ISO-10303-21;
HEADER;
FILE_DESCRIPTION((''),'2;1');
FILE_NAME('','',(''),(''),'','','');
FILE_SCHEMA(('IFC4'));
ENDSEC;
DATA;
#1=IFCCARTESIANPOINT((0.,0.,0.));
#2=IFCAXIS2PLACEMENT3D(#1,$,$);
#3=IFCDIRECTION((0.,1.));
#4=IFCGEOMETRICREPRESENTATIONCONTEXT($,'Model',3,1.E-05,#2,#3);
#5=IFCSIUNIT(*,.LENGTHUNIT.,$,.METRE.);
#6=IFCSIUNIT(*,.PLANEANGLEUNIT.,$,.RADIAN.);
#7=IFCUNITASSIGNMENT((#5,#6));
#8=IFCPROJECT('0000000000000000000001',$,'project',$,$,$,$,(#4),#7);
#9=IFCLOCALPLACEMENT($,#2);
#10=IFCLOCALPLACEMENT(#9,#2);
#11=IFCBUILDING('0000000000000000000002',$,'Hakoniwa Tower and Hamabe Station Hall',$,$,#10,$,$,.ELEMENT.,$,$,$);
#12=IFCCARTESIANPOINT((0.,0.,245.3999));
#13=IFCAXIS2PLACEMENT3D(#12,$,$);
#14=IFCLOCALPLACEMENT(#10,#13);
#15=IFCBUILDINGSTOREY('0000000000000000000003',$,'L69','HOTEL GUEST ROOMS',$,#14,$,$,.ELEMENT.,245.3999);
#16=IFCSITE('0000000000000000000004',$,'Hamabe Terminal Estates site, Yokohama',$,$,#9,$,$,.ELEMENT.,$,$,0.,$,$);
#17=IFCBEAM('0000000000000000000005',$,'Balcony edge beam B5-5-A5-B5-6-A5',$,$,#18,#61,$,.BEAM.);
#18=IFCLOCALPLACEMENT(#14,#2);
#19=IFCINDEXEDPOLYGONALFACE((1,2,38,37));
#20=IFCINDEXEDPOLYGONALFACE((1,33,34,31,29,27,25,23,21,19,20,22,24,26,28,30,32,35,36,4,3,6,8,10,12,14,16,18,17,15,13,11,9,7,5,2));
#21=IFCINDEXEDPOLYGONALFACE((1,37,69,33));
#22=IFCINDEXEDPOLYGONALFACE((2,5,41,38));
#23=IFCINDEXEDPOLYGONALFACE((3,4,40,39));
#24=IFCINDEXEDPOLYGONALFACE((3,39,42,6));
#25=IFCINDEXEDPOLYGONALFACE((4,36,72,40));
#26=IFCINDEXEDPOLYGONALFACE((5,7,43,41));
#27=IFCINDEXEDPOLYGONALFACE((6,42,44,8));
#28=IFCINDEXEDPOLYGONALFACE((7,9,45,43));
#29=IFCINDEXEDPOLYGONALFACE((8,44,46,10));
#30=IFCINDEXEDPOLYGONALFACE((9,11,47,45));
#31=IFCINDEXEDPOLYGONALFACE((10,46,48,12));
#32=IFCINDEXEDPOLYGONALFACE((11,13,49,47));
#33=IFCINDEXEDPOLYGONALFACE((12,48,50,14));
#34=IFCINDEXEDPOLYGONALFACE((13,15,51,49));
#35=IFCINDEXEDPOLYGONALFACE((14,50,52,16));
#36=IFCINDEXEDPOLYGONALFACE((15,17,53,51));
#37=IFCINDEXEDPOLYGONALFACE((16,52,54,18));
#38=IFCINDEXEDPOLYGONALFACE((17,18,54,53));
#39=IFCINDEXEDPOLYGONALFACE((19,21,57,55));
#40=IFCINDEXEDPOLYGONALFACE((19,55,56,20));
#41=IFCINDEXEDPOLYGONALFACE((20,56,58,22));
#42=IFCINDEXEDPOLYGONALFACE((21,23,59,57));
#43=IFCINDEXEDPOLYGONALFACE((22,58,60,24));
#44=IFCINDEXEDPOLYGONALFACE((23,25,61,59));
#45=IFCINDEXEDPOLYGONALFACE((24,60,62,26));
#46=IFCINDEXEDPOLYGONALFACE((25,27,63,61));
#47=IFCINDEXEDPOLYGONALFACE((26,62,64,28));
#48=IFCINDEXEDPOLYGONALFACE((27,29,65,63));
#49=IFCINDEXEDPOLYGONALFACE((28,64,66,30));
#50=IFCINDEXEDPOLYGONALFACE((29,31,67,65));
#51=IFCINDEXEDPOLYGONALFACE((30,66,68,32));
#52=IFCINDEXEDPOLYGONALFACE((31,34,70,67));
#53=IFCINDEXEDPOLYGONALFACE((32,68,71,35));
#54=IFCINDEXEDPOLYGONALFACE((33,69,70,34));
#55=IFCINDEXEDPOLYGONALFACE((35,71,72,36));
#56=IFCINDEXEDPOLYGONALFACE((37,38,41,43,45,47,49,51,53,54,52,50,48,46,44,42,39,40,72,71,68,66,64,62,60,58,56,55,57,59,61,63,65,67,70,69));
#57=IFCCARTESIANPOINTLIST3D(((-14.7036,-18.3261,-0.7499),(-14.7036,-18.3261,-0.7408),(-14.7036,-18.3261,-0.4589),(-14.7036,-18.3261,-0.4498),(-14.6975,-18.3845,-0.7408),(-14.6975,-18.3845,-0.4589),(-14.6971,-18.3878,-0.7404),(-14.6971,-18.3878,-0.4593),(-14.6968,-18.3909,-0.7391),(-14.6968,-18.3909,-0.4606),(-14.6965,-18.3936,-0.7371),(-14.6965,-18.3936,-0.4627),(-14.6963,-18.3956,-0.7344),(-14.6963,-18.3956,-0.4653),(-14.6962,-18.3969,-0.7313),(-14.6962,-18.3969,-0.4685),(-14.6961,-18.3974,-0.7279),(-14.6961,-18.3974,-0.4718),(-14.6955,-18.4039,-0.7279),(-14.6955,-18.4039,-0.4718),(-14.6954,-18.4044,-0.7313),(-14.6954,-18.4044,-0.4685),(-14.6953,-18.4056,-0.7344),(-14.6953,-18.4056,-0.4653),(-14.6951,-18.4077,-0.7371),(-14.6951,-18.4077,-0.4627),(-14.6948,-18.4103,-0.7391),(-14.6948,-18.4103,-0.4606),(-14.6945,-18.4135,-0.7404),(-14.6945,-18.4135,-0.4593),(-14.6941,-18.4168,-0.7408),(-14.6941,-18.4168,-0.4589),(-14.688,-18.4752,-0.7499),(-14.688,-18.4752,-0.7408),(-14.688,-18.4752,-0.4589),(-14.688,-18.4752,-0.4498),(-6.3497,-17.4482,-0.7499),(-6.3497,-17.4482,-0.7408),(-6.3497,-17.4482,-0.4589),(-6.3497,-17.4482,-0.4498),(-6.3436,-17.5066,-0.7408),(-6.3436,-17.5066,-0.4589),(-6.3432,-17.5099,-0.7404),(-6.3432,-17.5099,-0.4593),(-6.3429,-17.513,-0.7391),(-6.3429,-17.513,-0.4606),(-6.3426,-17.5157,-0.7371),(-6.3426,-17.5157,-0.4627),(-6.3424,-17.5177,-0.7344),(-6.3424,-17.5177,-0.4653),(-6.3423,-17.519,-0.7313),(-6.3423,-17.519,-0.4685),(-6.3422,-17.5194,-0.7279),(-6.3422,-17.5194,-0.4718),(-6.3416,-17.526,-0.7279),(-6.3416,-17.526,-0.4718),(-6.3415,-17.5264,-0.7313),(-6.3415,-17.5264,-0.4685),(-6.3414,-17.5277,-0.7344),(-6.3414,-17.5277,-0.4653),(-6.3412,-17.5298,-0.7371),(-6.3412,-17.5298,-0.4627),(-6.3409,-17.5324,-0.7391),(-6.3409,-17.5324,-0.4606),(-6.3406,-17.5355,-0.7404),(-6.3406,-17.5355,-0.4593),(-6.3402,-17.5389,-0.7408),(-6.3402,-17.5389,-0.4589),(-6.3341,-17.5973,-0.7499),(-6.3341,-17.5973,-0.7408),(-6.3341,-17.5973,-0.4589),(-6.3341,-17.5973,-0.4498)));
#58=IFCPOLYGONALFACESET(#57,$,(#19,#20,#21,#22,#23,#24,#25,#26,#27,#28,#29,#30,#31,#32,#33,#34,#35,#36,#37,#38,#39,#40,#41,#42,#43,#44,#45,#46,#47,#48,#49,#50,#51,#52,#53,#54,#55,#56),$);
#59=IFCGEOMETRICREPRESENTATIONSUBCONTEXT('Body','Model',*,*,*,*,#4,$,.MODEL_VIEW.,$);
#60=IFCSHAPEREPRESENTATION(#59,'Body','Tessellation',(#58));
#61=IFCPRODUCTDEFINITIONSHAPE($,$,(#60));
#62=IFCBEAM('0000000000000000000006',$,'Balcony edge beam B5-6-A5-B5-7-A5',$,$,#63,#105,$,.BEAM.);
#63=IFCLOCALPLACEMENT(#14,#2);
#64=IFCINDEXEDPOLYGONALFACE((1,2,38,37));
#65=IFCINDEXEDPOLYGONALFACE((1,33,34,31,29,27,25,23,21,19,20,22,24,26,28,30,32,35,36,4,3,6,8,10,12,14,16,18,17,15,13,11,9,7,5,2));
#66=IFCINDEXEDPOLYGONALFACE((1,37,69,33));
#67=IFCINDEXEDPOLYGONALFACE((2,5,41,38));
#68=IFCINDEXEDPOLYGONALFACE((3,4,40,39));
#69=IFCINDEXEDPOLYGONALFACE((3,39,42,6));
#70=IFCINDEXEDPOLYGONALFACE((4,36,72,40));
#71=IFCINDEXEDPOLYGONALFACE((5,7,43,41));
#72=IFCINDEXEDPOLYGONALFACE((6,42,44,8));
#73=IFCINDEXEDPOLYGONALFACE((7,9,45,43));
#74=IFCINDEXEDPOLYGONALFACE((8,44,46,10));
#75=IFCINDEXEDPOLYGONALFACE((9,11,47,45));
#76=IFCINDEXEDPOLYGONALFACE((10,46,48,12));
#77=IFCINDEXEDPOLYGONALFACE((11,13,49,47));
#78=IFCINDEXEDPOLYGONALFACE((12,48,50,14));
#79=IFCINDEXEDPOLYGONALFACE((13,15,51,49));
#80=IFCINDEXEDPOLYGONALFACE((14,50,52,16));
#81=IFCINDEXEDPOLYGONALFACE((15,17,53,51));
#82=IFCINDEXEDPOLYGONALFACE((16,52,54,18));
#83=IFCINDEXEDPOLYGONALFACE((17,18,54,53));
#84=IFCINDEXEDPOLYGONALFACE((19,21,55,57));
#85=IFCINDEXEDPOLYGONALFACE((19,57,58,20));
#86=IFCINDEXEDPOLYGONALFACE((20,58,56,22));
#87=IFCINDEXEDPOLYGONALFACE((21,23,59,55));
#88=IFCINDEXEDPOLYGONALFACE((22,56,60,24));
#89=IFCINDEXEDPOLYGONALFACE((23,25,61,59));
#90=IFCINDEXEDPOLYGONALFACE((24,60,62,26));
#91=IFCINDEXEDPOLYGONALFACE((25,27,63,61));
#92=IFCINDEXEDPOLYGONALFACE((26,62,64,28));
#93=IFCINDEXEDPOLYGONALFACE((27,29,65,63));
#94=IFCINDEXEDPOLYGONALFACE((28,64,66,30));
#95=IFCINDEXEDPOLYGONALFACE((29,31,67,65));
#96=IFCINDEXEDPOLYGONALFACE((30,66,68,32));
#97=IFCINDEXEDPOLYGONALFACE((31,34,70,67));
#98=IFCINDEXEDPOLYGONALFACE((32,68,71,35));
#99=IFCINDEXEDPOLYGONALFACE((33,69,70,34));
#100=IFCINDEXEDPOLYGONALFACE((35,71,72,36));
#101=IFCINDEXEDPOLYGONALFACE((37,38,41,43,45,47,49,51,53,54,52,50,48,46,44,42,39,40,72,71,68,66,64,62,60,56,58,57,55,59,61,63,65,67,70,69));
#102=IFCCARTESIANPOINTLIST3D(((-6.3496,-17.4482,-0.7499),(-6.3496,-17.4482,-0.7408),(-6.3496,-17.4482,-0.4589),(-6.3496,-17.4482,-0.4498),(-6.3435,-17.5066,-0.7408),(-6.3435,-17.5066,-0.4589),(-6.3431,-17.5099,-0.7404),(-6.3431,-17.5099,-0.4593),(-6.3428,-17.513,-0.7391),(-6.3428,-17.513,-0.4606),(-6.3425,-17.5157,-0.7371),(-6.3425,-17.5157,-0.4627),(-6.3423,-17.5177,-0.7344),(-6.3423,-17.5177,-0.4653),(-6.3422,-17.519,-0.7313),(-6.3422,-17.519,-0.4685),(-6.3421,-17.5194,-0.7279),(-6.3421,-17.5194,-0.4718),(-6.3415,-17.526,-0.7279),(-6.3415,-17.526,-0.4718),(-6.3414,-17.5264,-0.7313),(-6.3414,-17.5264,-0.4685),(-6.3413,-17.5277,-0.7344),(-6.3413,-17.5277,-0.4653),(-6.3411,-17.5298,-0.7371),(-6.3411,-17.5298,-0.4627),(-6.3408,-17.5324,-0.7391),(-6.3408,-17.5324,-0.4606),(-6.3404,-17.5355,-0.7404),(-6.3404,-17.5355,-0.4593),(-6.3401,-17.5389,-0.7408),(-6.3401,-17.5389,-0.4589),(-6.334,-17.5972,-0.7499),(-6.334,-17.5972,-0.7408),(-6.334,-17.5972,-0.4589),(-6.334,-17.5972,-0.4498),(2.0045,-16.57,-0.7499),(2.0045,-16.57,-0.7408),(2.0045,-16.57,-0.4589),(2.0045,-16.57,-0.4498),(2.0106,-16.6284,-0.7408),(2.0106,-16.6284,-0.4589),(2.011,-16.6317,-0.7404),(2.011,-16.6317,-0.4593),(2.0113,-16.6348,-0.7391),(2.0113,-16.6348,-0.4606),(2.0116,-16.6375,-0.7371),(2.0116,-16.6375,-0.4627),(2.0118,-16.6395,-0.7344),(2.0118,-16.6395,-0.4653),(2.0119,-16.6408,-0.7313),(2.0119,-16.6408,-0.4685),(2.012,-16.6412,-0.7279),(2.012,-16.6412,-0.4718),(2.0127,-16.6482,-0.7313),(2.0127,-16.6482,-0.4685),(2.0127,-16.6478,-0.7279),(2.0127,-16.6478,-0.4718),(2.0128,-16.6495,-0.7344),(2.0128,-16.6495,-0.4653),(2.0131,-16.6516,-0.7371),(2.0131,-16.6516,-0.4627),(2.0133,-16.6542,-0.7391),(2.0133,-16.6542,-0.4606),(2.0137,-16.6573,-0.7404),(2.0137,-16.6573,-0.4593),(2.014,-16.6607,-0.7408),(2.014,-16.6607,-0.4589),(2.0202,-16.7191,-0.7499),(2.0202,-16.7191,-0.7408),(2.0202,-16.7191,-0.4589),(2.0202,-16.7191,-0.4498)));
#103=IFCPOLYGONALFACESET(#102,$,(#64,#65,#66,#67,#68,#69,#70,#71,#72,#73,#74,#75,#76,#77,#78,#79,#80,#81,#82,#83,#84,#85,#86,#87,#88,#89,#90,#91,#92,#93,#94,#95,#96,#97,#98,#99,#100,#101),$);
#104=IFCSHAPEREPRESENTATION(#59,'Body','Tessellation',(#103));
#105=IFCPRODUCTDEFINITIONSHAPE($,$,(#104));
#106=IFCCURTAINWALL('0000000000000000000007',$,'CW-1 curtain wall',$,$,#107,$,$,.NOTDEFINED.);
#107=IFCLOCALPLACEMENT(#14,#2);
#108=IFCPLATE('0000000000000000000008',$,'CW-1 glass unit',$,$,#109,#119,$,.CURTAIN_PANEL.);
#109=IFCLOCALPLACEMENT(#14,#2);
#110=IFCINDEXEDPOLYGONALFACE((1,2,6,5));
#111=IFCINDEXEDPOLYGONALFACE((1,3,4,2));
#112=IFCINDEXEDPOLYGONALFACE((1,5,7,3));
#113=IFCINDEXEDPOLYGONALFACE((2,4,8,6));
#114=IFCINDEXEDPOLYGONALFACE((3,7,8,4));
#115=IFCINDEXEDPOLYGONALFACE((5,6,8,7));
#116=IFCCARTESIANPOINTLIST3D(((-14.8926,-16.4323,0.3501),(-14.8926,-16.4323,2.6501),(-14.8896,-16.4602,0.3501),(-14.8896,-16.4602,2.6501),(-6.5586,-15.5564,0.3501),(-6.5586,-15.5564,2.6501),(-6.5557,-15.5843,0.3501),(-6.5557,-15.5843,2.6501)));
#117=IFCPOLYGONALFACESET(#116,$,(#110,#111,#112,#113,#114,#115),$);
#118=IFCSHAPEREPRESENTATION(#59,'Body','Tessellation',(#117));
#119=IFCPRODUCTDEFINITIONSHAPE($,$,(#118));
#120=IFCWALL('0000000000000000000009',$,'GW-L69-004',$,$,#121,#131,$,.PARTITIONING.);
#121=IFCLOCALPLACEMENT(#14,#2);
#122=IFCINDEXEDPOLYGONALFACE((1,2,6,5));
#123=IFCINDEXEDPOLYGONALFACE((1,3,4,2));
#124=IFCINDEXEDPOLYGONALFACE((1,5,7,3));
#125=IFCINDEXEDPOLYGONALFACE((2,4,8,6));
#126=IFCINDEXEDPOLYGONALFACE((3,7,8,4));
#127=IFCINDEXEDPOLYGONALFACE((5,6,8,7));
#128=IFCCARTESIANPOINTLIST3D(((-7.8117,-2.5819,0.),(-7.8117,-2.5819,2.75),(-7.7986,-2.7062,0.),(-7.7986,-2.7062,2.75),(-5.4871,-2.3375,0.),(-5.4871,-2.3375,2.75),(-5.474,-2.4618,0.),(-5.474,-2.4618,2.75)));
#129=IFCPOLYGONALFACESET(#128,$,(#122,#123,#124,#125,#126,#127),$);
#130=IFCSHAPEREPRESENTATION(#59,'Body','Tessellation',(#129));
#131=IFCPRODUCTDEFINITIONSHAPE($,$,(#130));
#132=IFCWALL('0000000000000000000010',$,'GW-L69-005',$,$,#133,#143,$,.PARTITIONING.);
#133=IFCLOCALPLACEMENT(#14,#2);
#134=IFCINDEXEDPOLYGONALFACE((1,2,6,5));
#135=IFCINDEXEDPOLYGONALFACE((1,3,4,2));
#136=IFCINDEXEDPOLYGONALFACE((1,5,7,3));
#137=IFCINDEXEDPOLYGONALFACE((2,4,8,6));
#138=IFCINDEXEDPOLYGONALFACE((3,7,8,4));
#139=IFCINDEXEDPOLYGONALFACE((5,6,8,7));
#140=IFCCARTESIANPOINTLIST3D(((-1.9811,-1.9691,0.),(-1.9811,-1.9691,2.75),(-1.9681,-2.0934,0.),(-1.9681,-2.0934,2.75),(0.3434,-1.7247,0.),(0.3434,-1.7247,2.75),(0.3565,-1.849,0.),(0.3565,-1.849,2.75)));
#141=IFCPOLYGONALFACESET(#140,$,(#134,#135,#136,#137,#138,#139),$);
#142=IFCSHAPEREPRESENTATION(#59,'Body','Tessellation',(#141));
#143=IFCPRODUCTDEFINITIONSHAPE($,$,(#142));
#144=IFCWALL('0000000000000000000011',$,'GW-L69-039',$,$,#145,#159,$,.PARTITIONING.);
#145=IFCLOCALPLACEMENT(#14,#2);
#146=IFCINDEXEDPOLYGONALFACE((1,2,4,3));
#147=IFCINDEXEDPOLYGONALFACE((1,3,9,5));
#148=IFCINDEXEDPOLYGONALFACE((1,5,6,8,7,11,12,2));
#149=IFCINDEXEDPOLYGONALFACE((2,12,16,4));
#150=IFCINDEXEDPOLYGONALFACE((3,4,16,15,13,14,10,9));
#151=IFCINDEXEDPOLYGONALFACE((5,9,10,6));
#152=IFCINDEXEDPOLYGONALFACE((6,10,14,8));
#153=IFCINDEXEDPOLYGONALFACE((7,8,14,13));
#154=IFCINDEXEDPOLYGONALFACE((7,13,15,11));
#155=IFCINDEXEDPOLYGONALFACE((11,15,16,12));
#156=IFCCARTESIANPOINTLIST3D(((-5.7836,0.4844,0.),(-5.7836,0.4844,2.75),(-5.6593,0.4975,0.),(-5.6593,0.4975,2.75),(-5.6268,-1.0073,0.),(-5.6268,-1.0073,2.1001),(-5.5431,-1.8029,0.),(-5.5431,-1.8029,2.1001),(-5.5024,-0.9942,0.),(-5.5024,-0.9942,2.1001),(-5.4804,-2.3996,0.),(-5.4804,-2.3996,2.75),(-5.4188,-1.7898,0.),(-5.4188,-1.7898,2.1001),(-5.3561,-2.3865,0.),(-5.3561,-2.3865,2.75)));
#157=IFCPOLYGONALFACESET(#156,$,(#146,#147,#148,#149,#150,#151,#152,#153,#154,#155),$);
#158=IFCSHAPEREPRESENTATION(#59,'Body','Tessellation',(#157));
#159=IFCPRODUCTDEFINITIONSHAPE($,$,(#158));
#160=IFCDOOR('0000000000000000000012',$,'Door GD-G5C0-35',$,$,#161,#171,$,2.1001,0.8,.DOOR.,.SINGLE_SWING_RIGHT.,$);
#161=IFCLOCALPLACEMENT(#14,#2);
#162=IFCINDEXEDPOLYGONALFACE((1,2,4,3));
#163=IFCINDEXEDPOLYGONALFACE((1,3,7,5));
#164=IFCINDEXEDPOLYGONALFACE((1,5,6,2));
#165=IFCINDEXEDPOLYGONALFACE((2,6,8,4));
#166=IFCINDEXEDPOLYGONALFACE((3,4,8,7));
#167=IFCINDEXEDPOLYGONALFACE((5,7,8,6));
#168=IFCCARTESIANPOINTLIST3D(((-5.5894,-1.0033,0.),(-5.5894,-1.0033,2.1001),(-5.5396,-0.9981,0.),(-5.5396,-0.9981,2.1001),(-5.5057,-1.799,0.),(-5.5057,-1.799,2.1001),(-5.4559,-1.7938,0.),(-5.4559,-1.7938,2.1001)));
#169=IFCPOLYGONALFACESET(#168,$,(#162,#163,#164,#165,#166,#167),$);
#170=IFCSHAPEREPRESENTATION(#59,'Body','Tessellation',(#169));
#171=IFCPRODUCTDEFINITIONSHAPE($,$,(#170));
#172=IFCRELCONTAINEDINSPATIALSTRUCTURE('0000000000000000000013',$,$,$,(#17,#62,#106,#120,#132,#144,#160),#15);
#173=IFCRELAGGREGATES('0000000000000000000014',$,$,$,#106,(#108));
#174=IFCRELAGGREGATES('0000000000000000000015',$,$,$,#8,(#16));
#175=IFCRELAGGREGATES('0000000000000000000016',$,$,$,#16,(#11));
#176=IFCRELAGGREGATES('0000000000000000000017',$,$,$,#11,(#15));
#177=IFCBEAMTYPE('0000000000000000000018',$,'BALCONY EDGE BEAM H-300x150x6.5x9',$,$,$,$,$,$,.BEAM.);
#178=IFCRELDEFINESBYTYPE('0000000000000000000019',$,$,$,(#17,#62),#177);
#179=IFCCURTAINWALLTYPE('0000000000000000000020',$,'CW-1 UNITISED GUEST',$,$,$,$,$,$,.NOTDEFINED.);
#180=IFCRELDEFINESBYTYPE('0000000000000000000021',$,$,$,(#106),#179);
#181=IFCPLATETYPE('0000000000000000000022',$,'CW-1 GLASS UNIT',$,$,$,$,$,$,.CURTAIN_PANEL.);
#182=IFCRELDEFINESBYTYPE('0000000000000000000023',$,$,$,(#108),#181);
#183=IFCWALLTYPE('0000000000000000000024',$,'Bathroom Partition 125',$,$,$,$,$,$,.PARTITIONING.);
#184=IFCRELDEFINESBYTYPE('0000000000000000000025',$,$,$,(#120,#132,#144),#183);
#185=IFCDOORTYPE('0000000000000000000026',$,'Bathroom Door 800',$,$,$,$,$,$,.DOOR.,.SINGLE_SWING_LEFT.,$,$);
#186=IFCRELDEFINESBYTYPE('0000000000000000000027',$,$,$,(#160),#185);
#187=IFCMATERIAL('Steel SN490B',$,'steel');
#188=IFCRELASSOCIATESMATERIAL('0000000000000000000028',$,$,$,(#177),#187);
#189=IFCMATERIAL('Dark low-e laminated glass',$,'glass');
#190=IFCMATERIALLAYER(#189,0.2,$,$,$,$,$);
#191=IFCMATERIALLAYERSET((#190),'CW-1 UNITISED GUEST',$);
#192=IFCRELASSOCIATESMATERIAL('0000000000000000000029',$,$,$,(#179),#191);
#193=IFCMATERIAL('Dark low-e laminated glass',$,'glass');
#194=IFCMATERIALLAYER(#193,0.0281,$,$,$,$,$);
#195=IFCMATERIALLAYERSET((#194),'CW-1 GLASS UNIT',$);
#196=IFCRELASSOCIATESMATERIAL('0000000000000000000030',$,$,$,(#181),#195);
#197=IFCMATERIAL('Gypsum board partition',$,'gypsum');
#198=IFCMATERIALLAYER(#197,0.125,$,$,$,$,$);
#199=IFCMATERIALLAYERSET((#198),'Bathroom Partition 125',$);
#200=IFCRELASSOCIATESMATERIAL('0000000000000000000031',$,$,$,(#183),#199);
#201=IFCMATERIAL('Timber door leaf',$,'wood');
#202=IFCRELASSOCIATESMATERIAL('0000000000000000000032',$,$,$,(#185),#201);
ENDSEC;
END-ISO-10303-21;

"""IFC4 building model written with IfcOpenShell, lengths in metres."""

from ifc_helpers import new_model, si_unit, direction, frame, frame_2d, origin, origin_2d, place, context, subcontext, project, spatial, rectangle, i_section, extrude, material, layer, layer_set, material_profile, profile_set, type_object, element, fill, aggregate, save


model = new_model("IFC4")

# Units and contexts
model_context = context("Model", 3, precision=1e-05, world=origin(), true_north=direction((0.0, 1.0)))
body_context = subcontext(model_context, "Body", "Model", "MODEL_VIEW")
ifc_project = project(units=[si_unit("LENGTHUNIT", "METRE"), si_unit("PLANEANGLEUNIT", "RADIAN")], contexts=[model_context])

# Site, building, storey
site_placement = place(None, origin())
site = spatial("IfcSite", under=ifc_project, at=site_placement, Name="Hamabe Terminal Estates site, Yokohama", CompositionType="ELEMENT", RefElevation=0.0)
building_placement = place(site_placement, origin())
building = spatial("IfcBuilding", under=site, at=building_placement, Name="Hakoniwa Tower and Hamabe Station Hall", CompositionType="ELEMENT")
storey_placement = place(building_placement, frame((0.0, 0.0, 245.3999)))
storey = spatial("IfcBuildingStorey", under=building, at=storey_placement, Name="L69", Description="HOTEL GUEST ROOMS", CompositionType="ELEMENT", Elevation=245.3999)

# Beams
ifc_material_1 = material(Name="Steel SN490B", Category="steel")
ifc_material_profile_1 = material_profile(ifc_material_1, i_section(OverallWidth=0.1499, OverallDepth=0.3, WebThickness=0.0066, FlangeThickness=0.009, FilletRadius=0.0129, at=origin_2d()), Name="H-300x150x6.5x9")
ifc_profile_set_1 = profile_set([ifc_material_profile_1], Name="Steel SN490B")
beam_type_1 = type_object("IfcBeamType", Name="BALCONY EDGE BEAM H-300x150x6.5x9", PredefinedType="BEAM", material=ifc_profile_set_1)
beam_1_placement = place(storey_placement, frame((-14.6958, -18.4006, -0.5999), z_axis=(0.994523, 0.104515, 0.0), x_axis=(-0.104515, 0.994523, 0.0)))
element("IfcBeam", 1, at=beam_1_placement, inside=storey, type_object=beam_type_1, Name="Balcony edge beam B5-5-A5-B5-6-A5", PredefinedType="BEAM", context=body_context, shape_type="SweptSolid", body=[
    extrude(i_section(OverallWidth=0.1499, OverallDepth=0.3, WebThickness=0.0066, FlangeThickness=0.009, FilletRadius=0.0129, at=origin_2d()), origin(), (0.0, 0.0, 1.0), 8.3999),
])
beam_2_placement = place(storey_placement, frame((-6.3418, -17.5227, -0.5999), z_axis=(0.99452, 0.104544, 0.0), x_axis=(-0.104544, 0.99452, 0.0)))
element("IfcBeam", 2, at=beam_2_placement, inside=storey, type_object=beam_type_1, Name="Balcony edge beam B5-6-A5-B5-7-A5", PredefinedType="BEAM", context=body_context, shape_type="SweptSolid", body=[
    extrude(i_section(OverallWidth=0.1499, OverallDepth=0.3, WebThickness=0.0066, FlangeThickness=0.009, FilletRadius=0.0129, at=origin_2d()), origin(), (0.0, 0.0, 1.0), 8.4001),
])

# Curtain wall, plate
ifc_material_2 = material(Name="Dark low-e laminated glass", Category="glass")
ifc_layer_1 = layer(ifc_material_2, 0.2)
ifc_layer_set_1 = layer_set([ifc_layer_1], Name="CW-1 UNITISED GUEST")
curtain_wall_type = type_object("IfcCurtainWallType", Name="CW-1 UNITISED GUEST", PredefinedType="NOTDEFINED", material=ifc_layer_set_1)
curtain_wall_placement = place(storey_placement, origin())
curtain_wall = element("IfcCurtainWall", 3, at=curtain_wall_placement, inside=storey, type_object=curtain_wall_type, Name="CW-1 curtain wall", PredefinedType="NOTDEFINED")
ifc_material_3 = material(Name="Dark low-e laminated glass", Category="glass")
ifc_layer_2 = layer(ifc_material_3, 0.0281)
ifc_layer_set_2 = layer_set([ifc_layer_2], Name="CW-1 GLASS UNIT")
plate_type = type_object("IfcPlateType", Name="CW-1 GLASS UNIT", PredefinedType="CURTAIN_PANEL", material=ifc_layer_set_2)
plate_placement = place(storey_placement, frame((-10.7241, -16.0083, 0.3501), z_axis=(0.0, 0.0, 1.0), x_axis=(0.994522, 0.104528, 0.0)))
plate = element("IfcPlate", 4, at=plate_placement, type_object=plate_type, Name="CW-1 glass unit", PredefinedType="CURTAIN_PANEL", context=body_context, shape_type="SweptSolid", body=[
    extrude(rectangle(XDim=8.3799, YDim=0.0281, at=origin_2d()), origin(), (0.0, 0.0, 1.0), 2.3),
])

# Walls
ifc_material_4 = material(Name="Gypsum board partition", Category="gypsum")
ifc_layer_3 = layer(ifc_material_4, 0.125)
ifc_layer_set_3 = layer_set([ifc_layer_3], Name="Bathroom Partition 125")
wall_type_1 = type_object("IfcWallType", Name="Bathroom Partition 125", PredefinedType="PARTITIONING", material=ifc_layer_set_3)
for number, where, z_axis, x_axis, name in (
    (5, (-7.8052, -2.644, 0.0), (0.0, 0.0, 1.0), (0.99452, 0.104549, 0.0), "GW-L69-004"),
    (6, (-1.9746, -2.0312, 0.0), (0.0, 0.0, 1.0), (0.99452, 0.104549, 0.0), "GW-L69-005"),
):
    element("IfcWall", number, at=place(storey_placement, frame(where, z_axis=z_axis, x_axis=x_axis)), inside=storey, type_object=wall_type_1, Name=name, PredefinedType="PARTITIONING", context=body_context, shape_type="SweptSolid", body=[
        extrude(rectangle(XDim=2.3374, YDim=0.125, at=frame_2d((1.1687, 0.0))), origin(), (0.0, 0.0, 1.0), 2.75),
    ])

# Wall, opening, door
wall_1_placement = place(storey_placement, frame((-5.4182, -2.3931, 0.0), z_axis=(0.0, 0.0, 1.0), x_axis=(-0.104562, 0.994518, 0.0)))
wall_1 = element("IfcWall", 7, at=wall_1_placement, inside=storey, type_object=wall_type_1, Name="GW-L69-039", PredefinedType="PARTITIONING", context=body_context, shape_type="SweptSolid", body=[
    extrude(rectangle(XDim=2.8999, YDim=0.125, at=frame_2d((1.45, 0.0))), origin(), (0.0, 0.0, 1.0), 2.75),
])
opening_1_placement = place(wall_1_placement, frame((0.6001, 0.0, 0.0)))
opening_1 = element("IfcOpeningElement", 8, at=opening_1_placement, cuts=wall_1, PredefinedType="OPENING", context=body_context, shape_type="SweptSolid", body=[
    extrude(rectangle(XDim=0.8, YDim=2.1001, at=frame_2d((0.3999, 1.05))), frame((0.0, 0.0725, 0.0), z_axis=(0.0, -1.0, 0.0), x_axis=(1.0, 0.0, 0.0)), (0.0, 0.0, 1.0), 0.145),
])
ifc_material_5 = material(Name="Timber door leaf", Category="wood")
door_type_1 = type_object("IfcDoorType", Name="Bathroom Door 800", OperationType="SINGLE_SWING_LEFT", PredefinedType="DOOR", material=ifc_material_5)
door_1_placement = place(opening_1_placement, origin())
door_1 = element("IfcDoor", 9, at=door_1_placement, inside=storey, type_object=door_type_1, Name="Door GD-G5C0-35", OperationType="SINGLE_SWING_RIGHT", OverallHeight=2.1001, OverallWidth=0.8, PredefinedType="DOOR", context=body_context, shape_type="SweptSolid", body=[
    extrude(rectangle(XDim=0.8, YDim=2.1001, at=frame_2d((0.3999, 1.05))), frame((0.0, 0.0249, 0.0), z_axis=(0.0, -1.0, 0.0), x_axis=(1.0, 0.0, 0.0)), (0.0, 0.0, 1.0), 0.05),
])
fill(opening_1, door_1)
aggregate(curtain_wall, [plate])

save(model, "model.ifc")
